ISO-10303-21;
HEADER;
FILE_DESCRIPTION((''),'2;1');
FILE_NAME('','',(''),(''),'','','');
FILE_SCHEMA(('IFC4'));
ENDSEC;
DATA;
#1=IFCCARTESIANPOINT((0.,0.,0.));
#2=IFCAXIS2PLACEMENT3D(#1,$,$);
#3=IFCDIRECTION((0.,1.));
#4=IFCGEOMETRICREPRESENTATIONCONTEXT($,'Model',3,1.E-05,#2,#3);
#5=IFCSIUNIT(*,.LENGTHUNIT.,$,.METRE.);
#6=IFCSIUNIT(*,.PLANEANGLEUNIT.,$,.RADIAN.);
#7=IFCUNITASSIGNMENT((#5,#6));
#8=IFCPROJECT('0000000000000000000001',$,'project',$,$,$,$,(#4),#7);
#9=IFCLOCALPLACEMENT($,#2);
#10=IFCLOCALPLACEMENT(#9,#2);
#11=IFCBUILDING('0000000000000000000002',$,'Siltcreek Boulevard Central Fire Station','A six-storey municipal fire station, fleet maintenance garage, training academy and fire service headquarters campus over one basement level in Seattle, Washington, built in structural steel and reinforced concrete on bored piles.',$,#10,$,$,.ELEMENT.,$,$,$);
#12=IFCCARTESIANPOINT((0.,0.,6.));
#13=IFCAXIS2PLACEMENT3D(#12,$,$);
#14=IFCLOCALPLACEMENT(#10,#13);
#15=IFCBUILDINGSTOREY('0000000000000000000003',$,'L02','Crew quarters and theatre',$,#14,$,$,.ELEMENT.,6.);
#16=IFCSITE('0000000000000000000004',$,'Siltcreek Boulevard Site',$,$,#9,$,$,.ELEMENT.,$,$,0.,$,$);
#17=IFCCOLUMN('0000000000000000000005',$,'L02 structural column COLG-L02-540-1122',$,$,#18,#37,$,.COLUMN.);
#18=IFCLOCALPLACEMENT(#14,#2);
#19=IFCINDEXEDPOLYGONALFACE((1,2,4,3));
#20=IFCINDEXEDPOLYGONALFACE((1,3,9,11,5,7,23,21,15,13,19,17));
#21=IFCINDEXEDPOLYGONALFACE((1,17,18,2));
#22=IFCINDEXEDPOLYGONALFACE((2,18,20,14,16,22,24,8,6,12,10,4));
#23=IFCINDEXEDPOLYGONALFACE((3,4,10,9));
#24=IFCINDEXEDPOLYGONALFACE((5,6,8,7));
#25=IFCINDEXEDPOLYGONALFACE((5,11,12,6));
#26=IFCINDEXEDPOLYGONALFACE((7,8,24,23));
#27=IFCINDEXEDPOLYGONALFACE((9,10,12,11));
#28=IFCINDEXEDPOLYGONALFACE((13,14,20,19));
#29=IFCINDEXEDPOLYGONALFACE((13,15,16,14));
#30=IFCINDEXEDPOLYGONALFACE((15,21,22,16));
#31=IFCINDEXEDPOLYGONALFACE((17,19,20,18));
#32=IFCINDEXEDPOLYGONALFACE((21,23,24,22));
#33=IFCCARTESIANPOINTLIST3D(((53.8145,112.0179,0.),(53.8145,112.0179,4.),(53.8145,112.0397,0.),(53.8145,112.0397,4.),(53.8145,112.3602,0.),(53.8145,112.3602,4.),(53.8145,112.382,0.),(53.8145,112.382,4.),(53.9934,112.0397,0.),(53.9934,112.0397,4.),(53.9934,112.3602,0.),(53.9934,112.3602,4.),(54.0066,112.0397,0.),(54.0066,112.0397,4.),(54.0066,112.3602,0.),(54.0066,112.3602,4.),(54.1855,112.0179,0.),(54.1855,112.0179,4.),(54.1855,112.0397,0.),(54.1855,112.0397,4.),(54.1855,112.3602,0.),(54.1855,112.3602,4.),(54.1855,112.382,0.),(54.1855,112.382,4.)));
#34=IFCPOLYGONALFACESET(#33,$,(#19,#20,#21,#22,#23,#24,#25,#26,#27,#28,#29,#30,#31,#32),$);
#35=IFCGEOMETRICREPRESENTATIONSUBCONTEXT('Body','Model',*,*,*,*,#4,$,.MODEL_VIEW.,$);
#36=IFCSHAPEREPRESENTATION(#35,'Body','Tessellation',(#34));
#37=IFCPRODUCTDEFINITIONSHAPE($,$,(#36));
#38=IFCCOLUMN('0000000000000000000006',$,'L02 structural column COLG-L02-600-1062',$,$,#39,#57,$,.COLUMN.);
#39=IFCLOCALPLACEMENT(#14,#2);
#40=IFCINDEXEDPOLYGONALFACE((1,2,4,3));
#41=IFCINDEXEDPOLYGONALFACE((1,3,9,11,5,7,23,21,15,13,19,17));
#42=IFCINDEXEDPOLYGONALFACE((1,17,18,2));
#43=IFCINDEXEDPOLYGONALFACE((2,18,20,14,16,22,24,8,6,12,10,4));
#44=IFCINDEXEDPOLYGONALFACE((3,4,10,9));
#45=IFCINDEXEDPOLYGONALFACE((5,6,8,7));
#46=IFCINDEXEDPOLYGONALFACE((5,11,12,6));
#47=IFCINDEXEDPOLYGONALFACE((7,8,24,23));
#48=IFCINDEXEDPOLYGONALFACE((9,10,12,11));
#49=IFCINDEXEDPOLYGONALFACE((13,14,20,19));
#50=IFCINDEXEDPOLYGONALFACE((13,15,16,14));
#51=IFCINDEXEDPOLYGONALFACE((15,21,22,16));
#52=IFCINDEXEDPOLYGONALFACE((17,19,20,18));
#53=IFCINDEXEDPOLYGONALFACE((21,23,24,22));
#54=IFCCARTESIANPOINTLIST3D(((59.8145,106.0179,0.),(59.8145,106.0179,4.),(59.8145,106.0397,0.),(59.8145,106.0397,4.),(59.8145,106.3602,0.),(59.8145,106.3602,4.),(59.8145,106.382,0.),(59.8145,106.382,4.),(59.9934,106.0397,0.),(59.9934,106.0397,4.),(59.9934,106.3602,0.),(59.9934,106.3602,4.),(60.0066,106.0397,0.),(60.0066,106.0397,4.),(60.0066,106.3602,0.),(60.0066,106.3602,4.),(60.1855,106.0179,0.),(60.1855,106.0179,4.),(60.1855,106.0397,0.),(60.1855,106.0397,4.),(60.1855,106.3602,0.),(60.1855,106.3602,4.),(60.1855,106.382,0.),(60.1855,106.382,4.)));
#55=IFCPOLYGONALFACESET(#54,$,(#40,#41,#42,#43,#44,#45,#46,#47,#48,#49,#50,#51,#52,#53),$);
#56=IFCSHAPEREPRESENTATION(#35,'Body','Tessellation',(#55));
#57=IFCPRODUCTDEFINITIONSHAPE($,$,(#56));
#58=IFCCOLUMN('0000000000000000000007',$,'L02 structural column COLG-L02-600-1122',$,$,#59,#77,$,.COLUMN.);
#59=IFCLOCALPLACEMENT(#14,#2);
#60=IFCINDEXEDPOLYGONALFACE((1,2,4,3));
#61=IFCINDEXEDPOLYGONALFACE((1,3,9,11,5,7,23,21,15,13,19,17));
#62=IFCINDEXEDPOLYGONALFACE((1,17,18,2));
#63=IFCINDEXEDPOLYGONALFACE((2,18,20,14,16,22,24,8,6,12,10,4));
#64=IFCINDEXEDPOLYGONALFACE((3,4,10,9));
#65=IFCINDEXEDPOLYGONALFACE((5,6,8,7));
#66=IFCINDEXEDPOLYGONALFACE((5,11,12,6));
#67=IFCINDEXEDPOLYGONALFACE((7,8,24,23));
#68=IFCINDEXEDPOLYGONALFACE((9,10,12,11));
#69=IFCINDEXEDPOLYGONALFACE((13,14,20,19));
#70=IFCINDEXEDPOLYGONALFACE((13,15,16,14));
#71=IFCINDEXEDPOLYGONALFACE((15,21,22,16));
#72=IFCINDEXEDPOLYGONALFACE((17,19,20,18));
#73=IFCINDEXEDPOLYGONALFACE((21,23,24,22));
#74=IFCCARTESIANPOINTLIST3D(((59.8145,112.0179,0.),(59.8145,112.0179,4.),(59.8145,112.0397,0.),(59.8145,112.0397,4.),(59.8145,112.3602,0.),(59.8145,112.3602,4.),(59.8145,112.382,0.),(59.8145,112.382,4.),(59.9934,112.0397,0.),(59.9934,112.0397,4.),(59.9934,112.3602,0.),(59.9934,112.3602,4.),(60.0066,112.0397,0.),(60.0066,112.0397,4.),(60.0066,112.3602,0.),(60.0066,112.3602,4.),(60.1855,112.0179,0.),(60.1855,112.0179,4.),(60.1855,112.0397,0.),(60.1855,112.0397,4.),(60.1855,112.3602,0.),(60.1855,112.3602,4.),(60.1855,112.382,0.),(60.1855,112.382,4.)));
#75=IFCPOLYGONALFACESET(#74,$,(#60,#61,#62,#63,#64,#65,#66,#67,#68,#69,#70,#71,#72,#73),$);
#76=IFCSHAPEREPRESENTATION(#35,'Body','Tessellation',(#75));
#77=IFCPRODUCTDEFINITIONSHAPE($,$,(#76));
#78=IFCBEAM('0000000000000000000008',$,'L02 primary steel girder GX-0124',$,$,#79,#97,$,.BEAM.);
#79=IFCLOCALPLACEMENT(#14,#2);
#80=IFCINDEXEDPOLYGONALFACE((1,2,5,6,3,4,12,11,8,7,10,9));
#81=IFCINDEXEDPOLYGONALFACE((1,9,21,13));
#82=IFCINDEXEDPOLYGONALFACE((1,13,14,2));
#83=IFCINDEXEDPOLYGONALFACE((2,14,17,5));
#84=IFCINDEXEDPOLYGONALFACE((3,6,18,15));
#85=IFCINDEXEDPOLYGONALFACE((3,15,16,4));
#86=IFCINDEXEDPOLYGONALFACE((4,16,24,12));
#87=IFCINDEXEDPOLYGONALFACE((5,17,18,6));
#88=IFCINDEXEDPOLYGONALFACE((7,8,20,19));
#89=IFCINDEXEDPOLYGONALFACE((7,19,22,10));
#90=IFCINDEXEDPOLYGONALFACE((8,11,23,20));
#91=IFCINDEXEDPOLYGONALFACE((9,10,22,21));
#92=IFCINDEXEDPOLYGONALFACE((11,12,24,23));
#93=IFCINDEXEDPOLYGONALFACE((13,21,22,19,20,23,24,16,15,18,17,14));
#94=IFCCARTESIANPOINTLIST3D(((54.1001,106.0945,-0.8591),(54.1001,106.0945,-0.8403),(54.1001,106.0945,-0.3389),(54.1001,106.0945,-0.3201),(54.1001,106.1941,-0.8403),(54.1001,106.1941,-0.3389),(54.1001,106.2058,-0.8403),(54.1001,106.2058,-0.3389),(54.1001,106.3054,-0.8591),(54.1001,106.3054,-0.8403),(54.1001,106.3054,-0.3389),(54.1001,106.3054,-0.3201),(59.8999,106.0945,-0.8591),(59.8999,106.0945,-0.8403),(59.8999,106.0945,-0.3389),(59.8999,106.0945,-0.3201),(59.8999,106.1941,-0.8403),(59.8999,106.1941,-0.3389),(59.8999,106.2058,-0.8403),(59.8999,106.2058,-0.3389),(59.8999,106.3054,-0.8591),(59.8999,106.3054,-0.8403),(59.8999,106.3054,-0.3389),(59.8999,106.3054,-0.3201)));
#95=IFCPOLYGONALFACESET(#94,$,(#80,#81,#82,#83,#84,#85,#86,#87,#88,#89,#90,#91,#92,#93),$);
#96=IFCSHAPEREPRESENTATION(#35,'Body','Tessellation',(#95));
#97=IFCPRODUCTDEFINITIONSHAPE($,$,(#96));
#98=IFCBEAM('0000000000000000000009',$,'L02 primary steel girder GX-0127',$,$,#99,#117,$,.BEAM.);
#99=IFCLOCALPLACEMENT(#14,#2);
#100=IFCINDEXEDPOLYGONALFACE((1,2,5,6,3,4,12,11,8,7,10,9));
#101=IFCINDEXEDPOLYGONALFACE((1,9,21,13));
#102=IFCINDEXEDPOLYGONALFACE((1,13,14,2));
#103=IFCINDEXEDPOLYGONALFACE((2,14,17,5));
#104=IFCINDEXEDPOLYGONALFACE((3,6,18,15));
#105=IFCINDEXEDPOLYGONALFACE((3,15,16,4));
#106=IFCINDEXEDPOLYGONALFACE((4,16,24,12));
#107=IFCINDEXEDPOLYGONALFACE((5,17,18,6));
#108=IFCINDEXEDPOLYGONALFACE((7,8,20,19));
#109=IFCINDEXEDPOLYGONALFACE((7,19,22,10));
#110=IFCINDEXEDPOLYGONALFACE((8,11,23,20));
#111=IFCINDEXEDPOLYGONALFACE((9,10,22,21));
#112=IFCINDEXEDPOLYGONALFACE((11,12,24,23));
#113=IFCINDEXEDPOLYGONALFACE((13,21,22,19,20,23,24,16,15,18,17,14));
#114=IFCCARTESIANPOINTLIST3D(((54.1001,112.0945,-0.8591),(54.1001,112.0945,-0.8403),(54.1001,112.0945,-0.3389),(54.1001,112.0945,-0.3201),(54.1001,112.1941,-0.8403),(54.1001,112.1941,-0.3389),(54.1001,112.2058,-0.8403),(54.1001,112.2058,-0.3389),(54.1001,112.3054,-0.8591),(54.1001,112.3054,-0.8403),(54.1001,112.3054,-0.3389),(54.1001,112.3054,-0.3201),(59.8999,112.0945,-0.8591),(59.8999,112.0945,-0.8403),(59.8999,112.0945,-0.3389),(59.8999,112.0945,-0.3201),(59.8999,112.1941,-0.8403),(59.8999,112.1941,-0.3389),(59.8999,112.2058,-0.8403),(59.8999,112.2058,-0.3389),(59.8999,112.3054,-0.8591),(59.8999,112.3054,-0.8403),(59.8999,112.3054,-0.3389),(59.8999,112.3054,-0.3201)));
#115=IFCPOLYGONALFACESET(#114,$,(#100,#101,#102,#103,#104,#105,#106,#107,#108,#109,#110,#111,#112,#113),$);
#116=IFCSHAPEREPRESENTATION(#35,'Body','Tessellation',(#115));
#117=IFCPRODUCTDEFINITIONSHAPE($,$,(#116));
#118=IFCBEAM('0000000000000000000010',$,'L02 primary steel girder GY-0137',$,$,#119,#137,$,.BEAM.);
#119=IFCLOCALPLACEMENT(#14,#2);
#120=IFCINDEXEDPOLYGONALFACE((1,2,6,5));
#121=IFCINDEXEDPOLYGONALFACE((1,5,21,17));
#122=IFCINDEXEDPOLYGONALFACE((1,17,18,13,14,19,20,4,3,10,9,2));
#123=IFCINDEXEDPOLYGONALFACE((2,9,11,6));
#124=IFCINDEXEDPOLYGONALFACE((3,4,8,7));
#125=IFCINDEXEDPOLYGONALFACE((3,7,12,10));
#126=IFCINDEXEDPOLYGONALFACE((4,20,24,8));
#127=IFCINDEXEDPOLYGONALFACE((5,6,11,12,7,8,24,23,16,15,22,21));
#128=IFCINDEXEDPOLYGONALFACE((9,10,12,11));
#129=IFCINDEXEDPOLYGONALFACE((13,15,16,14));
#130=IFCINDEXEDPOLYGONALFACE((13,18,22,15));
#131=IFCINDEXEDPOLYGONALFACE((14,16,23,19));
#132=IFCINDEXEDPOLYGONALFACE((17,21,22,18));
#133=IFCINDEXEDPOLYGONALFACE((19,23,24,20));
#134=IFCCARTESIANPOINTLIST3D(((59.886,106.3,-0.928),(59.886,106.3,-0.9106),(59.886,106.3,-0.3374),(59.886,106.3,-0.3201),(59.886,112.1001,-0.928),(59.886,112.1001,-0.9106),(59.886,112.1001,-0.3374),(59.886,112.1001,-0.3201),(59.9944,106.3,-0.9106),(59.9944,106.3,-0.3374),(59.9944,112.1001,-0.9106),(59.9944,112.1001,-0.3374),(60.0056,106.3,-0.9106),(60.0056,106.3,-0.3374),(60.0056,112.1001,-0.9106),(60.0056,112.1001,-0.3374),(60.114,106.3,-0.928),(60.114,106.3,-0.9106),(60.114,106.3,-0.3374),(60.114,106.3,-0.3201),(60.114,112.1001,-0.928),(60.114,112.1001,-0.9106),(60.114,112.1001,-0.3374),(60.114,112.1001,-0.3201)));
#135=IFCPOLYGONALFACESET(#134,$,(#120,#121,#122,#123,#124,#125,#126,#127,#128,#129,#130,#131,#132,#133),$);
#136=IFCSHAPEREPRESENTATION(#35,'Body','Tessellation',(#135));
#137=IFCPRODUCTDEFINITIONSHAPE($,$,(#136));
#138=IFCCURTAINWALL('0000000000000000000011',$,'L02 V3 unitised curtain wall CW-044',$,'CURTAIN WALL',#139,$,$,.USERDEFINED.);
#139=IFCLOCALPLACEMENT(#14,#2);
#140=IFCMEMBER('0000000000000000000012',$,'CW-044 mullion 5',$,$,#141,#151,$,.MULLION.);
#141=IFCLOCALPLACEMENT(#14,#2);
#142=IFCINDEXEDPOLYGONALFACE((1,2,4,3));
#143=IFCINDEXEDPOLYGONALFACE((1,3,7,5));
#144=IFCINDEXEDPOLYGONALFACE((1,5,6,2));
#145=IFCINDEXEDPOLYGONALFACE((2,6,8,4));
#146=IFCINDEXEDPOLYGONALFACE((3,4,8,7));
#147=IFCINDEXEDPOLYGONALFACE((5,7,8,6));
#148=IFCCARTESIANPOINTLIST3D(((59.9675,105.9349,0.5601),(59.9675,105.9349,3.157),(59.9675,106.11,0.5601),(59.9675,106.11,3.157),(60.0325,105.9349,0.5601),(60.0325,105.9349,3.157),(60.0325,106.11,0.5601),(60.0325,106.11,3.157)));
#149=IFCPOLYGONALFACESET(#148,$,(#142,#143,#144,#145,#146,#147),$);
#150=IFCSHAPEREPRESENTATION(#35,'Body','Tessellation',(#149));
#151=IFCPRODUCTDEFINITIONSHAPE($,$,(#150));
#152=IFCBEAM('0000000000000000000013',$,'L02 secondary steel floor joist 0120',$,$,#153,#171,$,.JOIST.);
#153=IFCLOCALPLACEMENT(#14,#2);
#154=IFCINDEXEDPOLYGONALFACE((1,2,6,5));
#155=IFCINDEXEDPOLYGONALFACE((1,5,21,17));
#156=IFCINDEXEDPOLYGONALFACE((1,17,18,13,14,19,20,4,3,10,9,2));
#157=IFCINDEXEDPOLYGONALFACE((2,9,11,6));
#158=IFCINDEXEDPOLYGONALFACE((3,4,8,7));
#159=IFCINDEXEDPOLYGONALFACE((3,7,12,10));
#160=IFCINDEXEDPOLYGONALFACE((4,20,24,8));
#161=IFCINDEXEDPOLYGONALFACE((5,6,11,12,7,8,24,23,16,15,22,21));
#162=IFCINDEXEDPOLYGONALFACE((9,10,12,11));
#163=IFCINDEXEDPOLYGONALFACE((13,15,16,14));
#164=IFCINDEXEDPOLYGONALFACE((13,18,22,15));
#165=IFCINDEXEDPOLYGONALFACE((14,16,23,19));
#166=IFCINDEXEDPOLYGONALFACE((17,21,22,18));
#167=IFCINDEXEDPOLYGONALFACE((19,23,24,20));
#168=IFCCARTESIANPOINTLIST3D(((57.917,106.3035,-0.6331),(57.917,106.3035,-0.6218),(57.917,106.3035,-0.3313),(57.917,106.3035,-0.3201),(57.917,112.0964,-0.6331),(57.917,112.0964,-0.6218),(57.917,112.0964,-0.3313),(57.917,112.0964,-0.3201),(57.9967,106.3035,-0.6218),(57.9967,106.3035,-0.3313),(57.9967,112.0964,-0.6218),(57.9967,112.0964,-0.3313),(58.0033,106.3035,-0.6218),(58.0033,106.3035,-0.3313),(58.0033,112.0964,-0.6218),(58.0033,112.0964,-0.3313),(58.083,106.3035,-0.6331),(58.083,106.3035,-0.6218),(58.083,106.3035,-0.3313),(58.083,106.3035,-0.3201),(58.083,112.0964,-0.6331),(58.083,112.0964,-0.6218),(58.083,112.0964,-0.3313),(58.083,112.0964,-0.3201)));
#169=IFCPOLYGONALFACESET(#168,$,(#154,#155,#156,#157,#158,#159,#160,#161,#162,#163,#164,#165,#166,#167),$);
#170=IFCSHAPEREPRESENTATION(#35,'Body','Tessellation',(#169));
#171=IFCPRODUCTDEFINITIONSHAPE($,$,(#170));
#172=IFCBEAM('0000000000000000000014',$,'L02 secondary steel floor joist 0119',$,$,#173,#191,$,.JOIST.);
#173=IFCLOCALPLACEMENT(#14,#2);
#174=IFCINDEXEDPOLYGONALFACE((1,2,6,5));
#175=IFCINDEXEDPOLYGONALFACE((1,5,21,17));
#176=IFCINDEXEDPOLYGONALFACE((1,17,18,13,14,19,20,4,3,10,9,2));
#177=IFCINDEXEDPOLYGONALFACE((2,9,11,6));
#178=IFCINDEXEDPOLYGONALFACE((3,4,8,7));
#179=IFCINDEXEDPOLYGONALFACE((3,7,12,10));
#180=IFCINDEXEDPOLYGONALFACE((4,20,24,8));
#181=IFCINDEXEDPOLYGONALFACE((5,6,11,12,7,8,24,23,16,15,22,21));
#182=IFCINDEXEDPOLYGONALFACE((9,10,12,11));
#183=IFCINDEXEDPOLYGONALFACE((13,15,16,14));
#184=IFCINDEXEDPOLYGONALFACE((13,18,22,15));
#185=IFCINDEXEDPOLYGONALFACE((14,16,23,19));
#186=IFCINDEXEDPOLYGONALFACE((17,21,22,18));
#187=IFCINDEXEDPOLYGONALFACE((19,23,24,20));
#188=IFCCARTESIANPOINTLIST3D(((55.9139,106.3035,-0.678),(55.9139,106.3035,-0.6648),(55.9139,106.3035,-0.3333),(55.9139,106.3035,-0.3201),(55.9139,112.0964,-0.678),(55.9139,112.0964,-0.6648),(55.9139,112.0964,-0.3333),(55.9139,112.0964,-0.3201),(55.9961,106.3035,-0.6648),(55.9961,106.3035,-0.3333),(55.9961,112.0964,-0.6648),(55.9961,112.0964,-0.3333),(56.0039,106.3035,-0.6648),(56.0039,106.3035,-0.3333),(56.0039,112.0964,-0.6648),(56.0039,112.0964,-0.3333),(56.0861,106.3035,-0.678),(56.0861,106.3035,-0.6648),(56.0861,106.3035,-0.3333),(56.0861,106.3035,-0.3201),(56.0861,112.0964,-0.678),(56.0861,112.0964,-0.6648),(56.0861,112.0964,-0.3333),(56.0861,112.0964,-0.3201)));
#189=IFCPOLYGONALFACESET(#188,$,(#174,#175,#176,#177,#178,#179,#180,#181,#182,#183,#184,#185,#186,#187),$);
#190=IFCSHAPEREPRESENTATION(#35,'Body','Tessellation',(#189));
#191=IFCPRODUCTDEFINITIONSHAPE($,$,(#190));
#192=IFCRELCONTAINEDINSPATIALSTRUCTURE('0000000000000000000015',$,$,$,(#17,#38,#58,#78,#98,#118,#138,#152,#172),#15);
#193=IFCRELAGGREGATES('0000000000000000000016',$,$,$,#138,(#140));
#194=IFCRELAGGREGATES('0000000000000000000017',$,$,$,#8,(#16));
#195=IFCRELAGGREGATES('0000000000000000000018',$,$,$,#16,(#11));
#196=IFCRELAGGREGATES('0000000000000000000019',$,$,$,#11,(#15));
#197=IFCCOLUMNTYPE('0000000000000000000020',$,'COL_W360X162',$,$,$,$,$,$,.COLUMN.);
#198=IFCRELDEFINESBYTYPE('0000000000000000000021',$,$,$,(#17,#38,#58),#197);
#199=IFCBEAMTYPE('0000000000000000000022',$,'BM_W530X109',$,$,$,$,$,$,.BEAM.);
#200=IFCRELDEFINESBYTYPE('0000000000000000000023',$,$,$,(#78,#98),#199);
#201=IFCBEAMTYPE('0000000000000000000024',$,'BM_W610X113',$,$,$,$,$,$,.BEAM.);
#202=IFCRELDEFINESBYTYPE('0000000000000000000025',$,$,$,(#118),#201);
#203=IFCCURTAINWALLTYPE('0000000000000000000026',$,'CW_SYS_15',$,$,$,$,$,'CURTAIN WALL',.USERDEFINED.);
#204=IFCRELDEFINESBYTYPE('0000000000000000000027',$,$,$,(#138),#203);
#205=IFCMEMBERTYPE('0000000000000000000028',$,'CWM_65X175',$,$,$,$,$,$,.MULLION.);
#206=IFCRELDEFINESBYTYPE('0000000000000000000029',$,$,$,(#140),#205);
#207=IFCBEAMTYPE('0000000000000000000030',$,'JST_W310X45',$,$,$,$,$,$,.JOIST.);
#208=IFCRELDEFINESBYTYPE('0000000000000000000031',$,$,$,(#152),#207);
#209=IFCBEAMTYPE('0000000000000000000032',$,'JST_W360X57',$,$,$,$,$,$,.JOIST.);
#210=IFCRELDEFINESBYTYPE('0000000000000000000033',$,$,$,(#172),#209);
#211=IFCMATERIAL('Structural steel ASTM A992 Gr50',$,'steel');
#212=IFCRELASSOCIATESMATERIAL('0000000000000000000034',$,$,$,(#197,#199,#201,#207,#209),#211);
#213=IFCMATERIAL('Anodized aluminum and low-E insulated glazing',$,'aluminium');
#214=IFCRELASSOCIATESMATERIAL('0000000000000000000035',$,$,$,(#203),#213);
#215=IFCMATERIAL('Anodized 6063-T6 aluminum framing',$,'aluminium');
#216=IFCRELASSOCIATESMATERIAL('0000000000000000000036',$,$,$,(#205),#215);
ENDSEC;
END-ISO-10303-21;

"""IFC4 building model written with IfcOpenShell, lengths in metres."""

from ifc_helpers import new_model, si_unit, direction, frame, origin, origin_2d, place, context, subcontext, project, spatial, rectangle, i_section, extrude, material, material_profile, profile_set, type_object, element, aggregate, save


model = new_model("IFC4")

# Units and contexts
model_context = context("Model", 3, precision=1e-05, world=origin(), true_north=direction((0.0, 1.0)))
body_context = subcontext(model_context, "Body", "Model", "MODEL_VIEW")
ifc_project = project(units=[si_unit("LENGTHUNIT", "METRE"), si_unit("PLANEANGLEUNIT", "RADIAN")], contexts=[model_context])

# Site, building, storey
site_placement = place(None, origin())
site = spatial("IfcSite", under=ifc_project, at=site_placement, Name="Siltcreek Boulevard Site", CompositionType="ELEMENT", RefElevation=0.0)
building_placement = place(site_placement, origin())
building = spatial("IfcBuilding", under=site, at=building_placement, Name="Siltcreek Boulevard Central Fire Station", Description="A six-storey municipal fire station, fleet maintenance garage, training academy and fire service headquarters campus over one basement level in Seattle, Washington, built in structural steel and reinforced concrete on bored piles.", CompositionType="ELEMENT")
storey_placement = place(building_placement, frame((0.0, 0.0, 6.0)))
storey = spatial("IfcBuildingStorey", under=building, at=storey_placement, Name="L02", Description="Crew quarters and theatre", CompositionType="ELEMENT", Elevation=6.0)

# Columns
ifc_material_1 = material(Name="Structural steel ASTM A992 Gr50", Category="steel")
ifc_material_profile_1 = material_profile(ifc_material_1, i_section(OverallWidth=0.3711, OverallDepth=0.364, WebThickness=0.0132, FlangeThickness=0.0217, at=origin_2d()), Name="W360X162")
ifc_profile_set_1 = profile_set([ifc_material_profile_1], Name="Structural steel ASTM A992 Gr50")
column_type = type_object("IfcColumnType", Name="COL_W360X162", PredefinedType="COLUMN", material=ifc_profile_set_1)
for number, where, z_axis, x_axis, name in (
    (1, (54.0, 112.2, 0.0), (0.0, 0.0, 1.0), (1.0, 0.0, 0.0), "L02 structural column COLG-L02-540-1122"),
    (2, (60.0, 106.2, 0.0), (0.0, 0.0, 1.0), (1.0, 0.0, 0.0), "L02 structural column COLG-L02-600-1062"),
    (3, (60.0, 112.2, 0.0), (0.0, 0.0, 1.0), (1.0, 0.0, 0.0), "L02 structural column COLG-L02-600-1122"),
):
    element("IfcColumn", number, at=place(storey_placement, frame(where, z_axis=z_axis, x_axis=x_axis)), inside=storey, type_object=column_type, Name=name, PredefinedType="COLUMN", context=body_context, shape_type="SweptSolid", body=[
        extrude(i_section(OverallWidth=0.3711, OverallDepth=0.364, WebThickness=0.0132, FlangeThickness=0.0217, at=origin_2d()), origin(), (0.0, 0.0, 1.0), 4.0),
    ])

# Beams
ifc_material_profile_2 = material_profile(ifc_material_1, i_section(OverallWidth=0.2109, OverallDepth=0.5391, WebThickness=0.0117, FlangeThickness=0.0188, at=origin_2d()), Name="W530X109")
ifc_profile_set_2 = profile_set([ifc_material_profile_2], Name="Structural steel ASTM A992 Gr50")
beam_type_1 = type_object("IfcBeamType", Name="BM_W530X109", PredefinedType="BEAM", material=ifc_profile_set_2)
for number, where, z_axis, x_axis, name in (
    (4, (54.1001, 106.2, -0.5896), (1.0, 0.0, 0.0), (0.0, 1.0, 0.0), "L02 primary steel girder GX-0124"),
    (5, (54.1001, 112.2, -0.5896), (1.0, 0.0, 0.0), (0.0, 1.0, 0.0), "L02 primary steel girder GX-0127"),
):
    element("IfcBeam", number, at=place(storey_placement, frame(where, z_axis=z_axis, x_axis=x_axis)), inside=storey, type_object=beam_type_1, Name=name, PredefinedType="BEAM", context=body_context, shape_type="SweptSolid", body=[
        extrude(i_section(OverallWidth=0.2109, OverallDepth=0.5391, WebThickness=0.0117, FlangeThickness=0.0188, at=origin_2d()), origin(), (0.0, 0.0, 1.0), 5.7998),
    ])
ifc_material_profile_3 = material_profile(ifc_material_1, i_section(OverallWidth=0.228, OverallDepth=0.6079, WebThickness=0.0112, FlangeThickness=0.0173, at=origin_2d()), Name="W610X113")
ifc_profile_set_3 = profile_set([ifc_material_profile_3], Name="Structural steel ASTM A992 Gr50")
beam_type_2 = type_object("IfcBeamType", Name="BM_W610X113", PredefinedType="BEAM", material=ifc_profile_set_3)
beam_1_placement = place(storey_placement, frame((60.0, 106.3, -0.624), z_axis=(0.0, 1.0, 0.0), x_axis=(-1.0, 0.0, 0.0)))
element("IfcBeam", 6, at=beam_1_placement, inside=storey, type_object=beam_type_2, Name="L02 primary steel girder GY-0137", PredefinedType="BEAM", context=body_context, shape_type="SweptSolid", body=[
    extrude(i_section(OverallWidth=0.228, OverallDepth=0.6079, WebThickness=0.0112, FlangeThickness=0.0173, at=origin_2d()), origin(), (0.0, 0.0, 1.0), 5.8),
])

# Curtain wall, member
ifc_material_2 = material(Name="Anodized aluminum and low-E insulated glazing", Category="aluminium")
curtain_wall_type = type_object("IfcCurtainWallType", Name="CW_SYS_15", ElementType="CURTAIN WALL", PredefinedType="USERDEFINED", material=ifc_material_2)
curtain_wall_placement = place(storey_placement, origin())
curtain_wall = element("IfcCurtainWall", 7, at=curtain_wall_placement, inside=storey, type_object=curtain_wall_type, Name="L02 V3 unitised curtain wall CW-044", ObjectType="CURTAIN WALL", PredefinedType="USERDEFINED")
ifc_material_3 = material(Name="Anodized 6063-T6 aluminum framing", Category="aluminium")
ifc_material_profile_4 = material_profile(ifc_material_3, rectangle(XDim=0.0649, YDim=0.175, at=origin_2d()), Name="MULL65X175")
ifc_profile_set_4 = profile_set([ifc_material_profile_4], Name="Anodized 6063-T6 aluminum framing")
member_type = type_object("IfcMemberType", Name="CWM_65X175", PredefinedType="MULLION", material=ifc_profile_set_4)
member_placement = place(storey_placement, frame((60.0, 106.0225, 0.5601), z_axis=(0.0, 0.0, 1.0), x_axis=(-1.0, 0.0, 0.0)))
member = element("IfcMember", 8, at=member_placement, type_object=member_type, Name="CW-044 mullion 5", PredefinedType="MULLION", context=body_context, shape_type="SweptSolid", body=[
    extrude(rectangle(XDim=0.0649, YDim=0.175, at=origin_2d()), origin(), (0.0, 0.0, 1.0), 2.5969),
])
aggregate(curtain_wall, [member])

# Beams
ifc_material_profile_5 = material_profile(ifc_material_1, i_section(OverallWidth=0.166, OverallDepth=0.313, WebThickness=0.0066, FlangeThickness=0.0112, at=origin_2d()), Name="W310X45")
ifc_profile_set_5 = profile_set([ifc_material_profile_5], Name="Structural steel ASTM A992 Gr50")
beam_type_3 = type_object("IfcBeamType", Name="JST_W310X45", PredefinedType="JOIST", material=ifc_profile_set_5)
beam_2_placement = place(storey_placement, frame((58.0, 106.3035, -0.4766), z_axis=(0.0, 1.0, 0.0), x_axis=(-1.0, 0.0, 0.0)))
element("IfcBeam", 9, at=beam_2_placement, inside=storey, type_object=beam_type_3, Name="L02 secondary steel floor joist 0120", PredefinedType="JOIST", context=body_context, shape_type="SweptSolid", body=[
    extrude(i_section(OverallWidth=0.166, OverallDepth=0.313, WebThickness=0.0066, FlangeThickness=0.0112, at=origin_2d()), origin(), (0.0, 0.0, 1.0), 5.793),
])
ifc_material_profile_6 = material_profile(ifc_material_1, i_section(OverallWidth=0.1721, OverallDepth=0.3579, WebThickness=0.0078, FlangeThickness=0.0132, at=origin_2d()), Name="W360X57")
ifc_profile_set_6 = profile_set([ifc_material_profile_6], Name="Structural steel ASTM A992 Gr50")
beam_type_4 = type_object("IfcBeamType", Name="JST_W360X57", PredefinedType="JOIST", material=ifc_profile_set_6)
beam_3_placement = place(storey_placement, frame((56.0, 106.3035, -0.499), z_axis=(0.0, 1.0, 0.0), x_axis=(-1.0, 0.0, 0.0)))
element("IfcBeam", 10, at=beam_3_placement, inside=storey, type_object=beam_type_4, Name="L02 secondary steel floor joist 0119", PredefinedType="JOIST", context=body_context, shape_type="SweptSolid", body=[
    extrude(i_section(OverallWidth=0.1721, OverallDepth=0.3579, WebThickness=0.0078, FlangeThickness=0.0132, at=origin_2d()), origin(), (0.0, 0.0, 1.0), 5.793),
])

save(model, "model.ifc")
